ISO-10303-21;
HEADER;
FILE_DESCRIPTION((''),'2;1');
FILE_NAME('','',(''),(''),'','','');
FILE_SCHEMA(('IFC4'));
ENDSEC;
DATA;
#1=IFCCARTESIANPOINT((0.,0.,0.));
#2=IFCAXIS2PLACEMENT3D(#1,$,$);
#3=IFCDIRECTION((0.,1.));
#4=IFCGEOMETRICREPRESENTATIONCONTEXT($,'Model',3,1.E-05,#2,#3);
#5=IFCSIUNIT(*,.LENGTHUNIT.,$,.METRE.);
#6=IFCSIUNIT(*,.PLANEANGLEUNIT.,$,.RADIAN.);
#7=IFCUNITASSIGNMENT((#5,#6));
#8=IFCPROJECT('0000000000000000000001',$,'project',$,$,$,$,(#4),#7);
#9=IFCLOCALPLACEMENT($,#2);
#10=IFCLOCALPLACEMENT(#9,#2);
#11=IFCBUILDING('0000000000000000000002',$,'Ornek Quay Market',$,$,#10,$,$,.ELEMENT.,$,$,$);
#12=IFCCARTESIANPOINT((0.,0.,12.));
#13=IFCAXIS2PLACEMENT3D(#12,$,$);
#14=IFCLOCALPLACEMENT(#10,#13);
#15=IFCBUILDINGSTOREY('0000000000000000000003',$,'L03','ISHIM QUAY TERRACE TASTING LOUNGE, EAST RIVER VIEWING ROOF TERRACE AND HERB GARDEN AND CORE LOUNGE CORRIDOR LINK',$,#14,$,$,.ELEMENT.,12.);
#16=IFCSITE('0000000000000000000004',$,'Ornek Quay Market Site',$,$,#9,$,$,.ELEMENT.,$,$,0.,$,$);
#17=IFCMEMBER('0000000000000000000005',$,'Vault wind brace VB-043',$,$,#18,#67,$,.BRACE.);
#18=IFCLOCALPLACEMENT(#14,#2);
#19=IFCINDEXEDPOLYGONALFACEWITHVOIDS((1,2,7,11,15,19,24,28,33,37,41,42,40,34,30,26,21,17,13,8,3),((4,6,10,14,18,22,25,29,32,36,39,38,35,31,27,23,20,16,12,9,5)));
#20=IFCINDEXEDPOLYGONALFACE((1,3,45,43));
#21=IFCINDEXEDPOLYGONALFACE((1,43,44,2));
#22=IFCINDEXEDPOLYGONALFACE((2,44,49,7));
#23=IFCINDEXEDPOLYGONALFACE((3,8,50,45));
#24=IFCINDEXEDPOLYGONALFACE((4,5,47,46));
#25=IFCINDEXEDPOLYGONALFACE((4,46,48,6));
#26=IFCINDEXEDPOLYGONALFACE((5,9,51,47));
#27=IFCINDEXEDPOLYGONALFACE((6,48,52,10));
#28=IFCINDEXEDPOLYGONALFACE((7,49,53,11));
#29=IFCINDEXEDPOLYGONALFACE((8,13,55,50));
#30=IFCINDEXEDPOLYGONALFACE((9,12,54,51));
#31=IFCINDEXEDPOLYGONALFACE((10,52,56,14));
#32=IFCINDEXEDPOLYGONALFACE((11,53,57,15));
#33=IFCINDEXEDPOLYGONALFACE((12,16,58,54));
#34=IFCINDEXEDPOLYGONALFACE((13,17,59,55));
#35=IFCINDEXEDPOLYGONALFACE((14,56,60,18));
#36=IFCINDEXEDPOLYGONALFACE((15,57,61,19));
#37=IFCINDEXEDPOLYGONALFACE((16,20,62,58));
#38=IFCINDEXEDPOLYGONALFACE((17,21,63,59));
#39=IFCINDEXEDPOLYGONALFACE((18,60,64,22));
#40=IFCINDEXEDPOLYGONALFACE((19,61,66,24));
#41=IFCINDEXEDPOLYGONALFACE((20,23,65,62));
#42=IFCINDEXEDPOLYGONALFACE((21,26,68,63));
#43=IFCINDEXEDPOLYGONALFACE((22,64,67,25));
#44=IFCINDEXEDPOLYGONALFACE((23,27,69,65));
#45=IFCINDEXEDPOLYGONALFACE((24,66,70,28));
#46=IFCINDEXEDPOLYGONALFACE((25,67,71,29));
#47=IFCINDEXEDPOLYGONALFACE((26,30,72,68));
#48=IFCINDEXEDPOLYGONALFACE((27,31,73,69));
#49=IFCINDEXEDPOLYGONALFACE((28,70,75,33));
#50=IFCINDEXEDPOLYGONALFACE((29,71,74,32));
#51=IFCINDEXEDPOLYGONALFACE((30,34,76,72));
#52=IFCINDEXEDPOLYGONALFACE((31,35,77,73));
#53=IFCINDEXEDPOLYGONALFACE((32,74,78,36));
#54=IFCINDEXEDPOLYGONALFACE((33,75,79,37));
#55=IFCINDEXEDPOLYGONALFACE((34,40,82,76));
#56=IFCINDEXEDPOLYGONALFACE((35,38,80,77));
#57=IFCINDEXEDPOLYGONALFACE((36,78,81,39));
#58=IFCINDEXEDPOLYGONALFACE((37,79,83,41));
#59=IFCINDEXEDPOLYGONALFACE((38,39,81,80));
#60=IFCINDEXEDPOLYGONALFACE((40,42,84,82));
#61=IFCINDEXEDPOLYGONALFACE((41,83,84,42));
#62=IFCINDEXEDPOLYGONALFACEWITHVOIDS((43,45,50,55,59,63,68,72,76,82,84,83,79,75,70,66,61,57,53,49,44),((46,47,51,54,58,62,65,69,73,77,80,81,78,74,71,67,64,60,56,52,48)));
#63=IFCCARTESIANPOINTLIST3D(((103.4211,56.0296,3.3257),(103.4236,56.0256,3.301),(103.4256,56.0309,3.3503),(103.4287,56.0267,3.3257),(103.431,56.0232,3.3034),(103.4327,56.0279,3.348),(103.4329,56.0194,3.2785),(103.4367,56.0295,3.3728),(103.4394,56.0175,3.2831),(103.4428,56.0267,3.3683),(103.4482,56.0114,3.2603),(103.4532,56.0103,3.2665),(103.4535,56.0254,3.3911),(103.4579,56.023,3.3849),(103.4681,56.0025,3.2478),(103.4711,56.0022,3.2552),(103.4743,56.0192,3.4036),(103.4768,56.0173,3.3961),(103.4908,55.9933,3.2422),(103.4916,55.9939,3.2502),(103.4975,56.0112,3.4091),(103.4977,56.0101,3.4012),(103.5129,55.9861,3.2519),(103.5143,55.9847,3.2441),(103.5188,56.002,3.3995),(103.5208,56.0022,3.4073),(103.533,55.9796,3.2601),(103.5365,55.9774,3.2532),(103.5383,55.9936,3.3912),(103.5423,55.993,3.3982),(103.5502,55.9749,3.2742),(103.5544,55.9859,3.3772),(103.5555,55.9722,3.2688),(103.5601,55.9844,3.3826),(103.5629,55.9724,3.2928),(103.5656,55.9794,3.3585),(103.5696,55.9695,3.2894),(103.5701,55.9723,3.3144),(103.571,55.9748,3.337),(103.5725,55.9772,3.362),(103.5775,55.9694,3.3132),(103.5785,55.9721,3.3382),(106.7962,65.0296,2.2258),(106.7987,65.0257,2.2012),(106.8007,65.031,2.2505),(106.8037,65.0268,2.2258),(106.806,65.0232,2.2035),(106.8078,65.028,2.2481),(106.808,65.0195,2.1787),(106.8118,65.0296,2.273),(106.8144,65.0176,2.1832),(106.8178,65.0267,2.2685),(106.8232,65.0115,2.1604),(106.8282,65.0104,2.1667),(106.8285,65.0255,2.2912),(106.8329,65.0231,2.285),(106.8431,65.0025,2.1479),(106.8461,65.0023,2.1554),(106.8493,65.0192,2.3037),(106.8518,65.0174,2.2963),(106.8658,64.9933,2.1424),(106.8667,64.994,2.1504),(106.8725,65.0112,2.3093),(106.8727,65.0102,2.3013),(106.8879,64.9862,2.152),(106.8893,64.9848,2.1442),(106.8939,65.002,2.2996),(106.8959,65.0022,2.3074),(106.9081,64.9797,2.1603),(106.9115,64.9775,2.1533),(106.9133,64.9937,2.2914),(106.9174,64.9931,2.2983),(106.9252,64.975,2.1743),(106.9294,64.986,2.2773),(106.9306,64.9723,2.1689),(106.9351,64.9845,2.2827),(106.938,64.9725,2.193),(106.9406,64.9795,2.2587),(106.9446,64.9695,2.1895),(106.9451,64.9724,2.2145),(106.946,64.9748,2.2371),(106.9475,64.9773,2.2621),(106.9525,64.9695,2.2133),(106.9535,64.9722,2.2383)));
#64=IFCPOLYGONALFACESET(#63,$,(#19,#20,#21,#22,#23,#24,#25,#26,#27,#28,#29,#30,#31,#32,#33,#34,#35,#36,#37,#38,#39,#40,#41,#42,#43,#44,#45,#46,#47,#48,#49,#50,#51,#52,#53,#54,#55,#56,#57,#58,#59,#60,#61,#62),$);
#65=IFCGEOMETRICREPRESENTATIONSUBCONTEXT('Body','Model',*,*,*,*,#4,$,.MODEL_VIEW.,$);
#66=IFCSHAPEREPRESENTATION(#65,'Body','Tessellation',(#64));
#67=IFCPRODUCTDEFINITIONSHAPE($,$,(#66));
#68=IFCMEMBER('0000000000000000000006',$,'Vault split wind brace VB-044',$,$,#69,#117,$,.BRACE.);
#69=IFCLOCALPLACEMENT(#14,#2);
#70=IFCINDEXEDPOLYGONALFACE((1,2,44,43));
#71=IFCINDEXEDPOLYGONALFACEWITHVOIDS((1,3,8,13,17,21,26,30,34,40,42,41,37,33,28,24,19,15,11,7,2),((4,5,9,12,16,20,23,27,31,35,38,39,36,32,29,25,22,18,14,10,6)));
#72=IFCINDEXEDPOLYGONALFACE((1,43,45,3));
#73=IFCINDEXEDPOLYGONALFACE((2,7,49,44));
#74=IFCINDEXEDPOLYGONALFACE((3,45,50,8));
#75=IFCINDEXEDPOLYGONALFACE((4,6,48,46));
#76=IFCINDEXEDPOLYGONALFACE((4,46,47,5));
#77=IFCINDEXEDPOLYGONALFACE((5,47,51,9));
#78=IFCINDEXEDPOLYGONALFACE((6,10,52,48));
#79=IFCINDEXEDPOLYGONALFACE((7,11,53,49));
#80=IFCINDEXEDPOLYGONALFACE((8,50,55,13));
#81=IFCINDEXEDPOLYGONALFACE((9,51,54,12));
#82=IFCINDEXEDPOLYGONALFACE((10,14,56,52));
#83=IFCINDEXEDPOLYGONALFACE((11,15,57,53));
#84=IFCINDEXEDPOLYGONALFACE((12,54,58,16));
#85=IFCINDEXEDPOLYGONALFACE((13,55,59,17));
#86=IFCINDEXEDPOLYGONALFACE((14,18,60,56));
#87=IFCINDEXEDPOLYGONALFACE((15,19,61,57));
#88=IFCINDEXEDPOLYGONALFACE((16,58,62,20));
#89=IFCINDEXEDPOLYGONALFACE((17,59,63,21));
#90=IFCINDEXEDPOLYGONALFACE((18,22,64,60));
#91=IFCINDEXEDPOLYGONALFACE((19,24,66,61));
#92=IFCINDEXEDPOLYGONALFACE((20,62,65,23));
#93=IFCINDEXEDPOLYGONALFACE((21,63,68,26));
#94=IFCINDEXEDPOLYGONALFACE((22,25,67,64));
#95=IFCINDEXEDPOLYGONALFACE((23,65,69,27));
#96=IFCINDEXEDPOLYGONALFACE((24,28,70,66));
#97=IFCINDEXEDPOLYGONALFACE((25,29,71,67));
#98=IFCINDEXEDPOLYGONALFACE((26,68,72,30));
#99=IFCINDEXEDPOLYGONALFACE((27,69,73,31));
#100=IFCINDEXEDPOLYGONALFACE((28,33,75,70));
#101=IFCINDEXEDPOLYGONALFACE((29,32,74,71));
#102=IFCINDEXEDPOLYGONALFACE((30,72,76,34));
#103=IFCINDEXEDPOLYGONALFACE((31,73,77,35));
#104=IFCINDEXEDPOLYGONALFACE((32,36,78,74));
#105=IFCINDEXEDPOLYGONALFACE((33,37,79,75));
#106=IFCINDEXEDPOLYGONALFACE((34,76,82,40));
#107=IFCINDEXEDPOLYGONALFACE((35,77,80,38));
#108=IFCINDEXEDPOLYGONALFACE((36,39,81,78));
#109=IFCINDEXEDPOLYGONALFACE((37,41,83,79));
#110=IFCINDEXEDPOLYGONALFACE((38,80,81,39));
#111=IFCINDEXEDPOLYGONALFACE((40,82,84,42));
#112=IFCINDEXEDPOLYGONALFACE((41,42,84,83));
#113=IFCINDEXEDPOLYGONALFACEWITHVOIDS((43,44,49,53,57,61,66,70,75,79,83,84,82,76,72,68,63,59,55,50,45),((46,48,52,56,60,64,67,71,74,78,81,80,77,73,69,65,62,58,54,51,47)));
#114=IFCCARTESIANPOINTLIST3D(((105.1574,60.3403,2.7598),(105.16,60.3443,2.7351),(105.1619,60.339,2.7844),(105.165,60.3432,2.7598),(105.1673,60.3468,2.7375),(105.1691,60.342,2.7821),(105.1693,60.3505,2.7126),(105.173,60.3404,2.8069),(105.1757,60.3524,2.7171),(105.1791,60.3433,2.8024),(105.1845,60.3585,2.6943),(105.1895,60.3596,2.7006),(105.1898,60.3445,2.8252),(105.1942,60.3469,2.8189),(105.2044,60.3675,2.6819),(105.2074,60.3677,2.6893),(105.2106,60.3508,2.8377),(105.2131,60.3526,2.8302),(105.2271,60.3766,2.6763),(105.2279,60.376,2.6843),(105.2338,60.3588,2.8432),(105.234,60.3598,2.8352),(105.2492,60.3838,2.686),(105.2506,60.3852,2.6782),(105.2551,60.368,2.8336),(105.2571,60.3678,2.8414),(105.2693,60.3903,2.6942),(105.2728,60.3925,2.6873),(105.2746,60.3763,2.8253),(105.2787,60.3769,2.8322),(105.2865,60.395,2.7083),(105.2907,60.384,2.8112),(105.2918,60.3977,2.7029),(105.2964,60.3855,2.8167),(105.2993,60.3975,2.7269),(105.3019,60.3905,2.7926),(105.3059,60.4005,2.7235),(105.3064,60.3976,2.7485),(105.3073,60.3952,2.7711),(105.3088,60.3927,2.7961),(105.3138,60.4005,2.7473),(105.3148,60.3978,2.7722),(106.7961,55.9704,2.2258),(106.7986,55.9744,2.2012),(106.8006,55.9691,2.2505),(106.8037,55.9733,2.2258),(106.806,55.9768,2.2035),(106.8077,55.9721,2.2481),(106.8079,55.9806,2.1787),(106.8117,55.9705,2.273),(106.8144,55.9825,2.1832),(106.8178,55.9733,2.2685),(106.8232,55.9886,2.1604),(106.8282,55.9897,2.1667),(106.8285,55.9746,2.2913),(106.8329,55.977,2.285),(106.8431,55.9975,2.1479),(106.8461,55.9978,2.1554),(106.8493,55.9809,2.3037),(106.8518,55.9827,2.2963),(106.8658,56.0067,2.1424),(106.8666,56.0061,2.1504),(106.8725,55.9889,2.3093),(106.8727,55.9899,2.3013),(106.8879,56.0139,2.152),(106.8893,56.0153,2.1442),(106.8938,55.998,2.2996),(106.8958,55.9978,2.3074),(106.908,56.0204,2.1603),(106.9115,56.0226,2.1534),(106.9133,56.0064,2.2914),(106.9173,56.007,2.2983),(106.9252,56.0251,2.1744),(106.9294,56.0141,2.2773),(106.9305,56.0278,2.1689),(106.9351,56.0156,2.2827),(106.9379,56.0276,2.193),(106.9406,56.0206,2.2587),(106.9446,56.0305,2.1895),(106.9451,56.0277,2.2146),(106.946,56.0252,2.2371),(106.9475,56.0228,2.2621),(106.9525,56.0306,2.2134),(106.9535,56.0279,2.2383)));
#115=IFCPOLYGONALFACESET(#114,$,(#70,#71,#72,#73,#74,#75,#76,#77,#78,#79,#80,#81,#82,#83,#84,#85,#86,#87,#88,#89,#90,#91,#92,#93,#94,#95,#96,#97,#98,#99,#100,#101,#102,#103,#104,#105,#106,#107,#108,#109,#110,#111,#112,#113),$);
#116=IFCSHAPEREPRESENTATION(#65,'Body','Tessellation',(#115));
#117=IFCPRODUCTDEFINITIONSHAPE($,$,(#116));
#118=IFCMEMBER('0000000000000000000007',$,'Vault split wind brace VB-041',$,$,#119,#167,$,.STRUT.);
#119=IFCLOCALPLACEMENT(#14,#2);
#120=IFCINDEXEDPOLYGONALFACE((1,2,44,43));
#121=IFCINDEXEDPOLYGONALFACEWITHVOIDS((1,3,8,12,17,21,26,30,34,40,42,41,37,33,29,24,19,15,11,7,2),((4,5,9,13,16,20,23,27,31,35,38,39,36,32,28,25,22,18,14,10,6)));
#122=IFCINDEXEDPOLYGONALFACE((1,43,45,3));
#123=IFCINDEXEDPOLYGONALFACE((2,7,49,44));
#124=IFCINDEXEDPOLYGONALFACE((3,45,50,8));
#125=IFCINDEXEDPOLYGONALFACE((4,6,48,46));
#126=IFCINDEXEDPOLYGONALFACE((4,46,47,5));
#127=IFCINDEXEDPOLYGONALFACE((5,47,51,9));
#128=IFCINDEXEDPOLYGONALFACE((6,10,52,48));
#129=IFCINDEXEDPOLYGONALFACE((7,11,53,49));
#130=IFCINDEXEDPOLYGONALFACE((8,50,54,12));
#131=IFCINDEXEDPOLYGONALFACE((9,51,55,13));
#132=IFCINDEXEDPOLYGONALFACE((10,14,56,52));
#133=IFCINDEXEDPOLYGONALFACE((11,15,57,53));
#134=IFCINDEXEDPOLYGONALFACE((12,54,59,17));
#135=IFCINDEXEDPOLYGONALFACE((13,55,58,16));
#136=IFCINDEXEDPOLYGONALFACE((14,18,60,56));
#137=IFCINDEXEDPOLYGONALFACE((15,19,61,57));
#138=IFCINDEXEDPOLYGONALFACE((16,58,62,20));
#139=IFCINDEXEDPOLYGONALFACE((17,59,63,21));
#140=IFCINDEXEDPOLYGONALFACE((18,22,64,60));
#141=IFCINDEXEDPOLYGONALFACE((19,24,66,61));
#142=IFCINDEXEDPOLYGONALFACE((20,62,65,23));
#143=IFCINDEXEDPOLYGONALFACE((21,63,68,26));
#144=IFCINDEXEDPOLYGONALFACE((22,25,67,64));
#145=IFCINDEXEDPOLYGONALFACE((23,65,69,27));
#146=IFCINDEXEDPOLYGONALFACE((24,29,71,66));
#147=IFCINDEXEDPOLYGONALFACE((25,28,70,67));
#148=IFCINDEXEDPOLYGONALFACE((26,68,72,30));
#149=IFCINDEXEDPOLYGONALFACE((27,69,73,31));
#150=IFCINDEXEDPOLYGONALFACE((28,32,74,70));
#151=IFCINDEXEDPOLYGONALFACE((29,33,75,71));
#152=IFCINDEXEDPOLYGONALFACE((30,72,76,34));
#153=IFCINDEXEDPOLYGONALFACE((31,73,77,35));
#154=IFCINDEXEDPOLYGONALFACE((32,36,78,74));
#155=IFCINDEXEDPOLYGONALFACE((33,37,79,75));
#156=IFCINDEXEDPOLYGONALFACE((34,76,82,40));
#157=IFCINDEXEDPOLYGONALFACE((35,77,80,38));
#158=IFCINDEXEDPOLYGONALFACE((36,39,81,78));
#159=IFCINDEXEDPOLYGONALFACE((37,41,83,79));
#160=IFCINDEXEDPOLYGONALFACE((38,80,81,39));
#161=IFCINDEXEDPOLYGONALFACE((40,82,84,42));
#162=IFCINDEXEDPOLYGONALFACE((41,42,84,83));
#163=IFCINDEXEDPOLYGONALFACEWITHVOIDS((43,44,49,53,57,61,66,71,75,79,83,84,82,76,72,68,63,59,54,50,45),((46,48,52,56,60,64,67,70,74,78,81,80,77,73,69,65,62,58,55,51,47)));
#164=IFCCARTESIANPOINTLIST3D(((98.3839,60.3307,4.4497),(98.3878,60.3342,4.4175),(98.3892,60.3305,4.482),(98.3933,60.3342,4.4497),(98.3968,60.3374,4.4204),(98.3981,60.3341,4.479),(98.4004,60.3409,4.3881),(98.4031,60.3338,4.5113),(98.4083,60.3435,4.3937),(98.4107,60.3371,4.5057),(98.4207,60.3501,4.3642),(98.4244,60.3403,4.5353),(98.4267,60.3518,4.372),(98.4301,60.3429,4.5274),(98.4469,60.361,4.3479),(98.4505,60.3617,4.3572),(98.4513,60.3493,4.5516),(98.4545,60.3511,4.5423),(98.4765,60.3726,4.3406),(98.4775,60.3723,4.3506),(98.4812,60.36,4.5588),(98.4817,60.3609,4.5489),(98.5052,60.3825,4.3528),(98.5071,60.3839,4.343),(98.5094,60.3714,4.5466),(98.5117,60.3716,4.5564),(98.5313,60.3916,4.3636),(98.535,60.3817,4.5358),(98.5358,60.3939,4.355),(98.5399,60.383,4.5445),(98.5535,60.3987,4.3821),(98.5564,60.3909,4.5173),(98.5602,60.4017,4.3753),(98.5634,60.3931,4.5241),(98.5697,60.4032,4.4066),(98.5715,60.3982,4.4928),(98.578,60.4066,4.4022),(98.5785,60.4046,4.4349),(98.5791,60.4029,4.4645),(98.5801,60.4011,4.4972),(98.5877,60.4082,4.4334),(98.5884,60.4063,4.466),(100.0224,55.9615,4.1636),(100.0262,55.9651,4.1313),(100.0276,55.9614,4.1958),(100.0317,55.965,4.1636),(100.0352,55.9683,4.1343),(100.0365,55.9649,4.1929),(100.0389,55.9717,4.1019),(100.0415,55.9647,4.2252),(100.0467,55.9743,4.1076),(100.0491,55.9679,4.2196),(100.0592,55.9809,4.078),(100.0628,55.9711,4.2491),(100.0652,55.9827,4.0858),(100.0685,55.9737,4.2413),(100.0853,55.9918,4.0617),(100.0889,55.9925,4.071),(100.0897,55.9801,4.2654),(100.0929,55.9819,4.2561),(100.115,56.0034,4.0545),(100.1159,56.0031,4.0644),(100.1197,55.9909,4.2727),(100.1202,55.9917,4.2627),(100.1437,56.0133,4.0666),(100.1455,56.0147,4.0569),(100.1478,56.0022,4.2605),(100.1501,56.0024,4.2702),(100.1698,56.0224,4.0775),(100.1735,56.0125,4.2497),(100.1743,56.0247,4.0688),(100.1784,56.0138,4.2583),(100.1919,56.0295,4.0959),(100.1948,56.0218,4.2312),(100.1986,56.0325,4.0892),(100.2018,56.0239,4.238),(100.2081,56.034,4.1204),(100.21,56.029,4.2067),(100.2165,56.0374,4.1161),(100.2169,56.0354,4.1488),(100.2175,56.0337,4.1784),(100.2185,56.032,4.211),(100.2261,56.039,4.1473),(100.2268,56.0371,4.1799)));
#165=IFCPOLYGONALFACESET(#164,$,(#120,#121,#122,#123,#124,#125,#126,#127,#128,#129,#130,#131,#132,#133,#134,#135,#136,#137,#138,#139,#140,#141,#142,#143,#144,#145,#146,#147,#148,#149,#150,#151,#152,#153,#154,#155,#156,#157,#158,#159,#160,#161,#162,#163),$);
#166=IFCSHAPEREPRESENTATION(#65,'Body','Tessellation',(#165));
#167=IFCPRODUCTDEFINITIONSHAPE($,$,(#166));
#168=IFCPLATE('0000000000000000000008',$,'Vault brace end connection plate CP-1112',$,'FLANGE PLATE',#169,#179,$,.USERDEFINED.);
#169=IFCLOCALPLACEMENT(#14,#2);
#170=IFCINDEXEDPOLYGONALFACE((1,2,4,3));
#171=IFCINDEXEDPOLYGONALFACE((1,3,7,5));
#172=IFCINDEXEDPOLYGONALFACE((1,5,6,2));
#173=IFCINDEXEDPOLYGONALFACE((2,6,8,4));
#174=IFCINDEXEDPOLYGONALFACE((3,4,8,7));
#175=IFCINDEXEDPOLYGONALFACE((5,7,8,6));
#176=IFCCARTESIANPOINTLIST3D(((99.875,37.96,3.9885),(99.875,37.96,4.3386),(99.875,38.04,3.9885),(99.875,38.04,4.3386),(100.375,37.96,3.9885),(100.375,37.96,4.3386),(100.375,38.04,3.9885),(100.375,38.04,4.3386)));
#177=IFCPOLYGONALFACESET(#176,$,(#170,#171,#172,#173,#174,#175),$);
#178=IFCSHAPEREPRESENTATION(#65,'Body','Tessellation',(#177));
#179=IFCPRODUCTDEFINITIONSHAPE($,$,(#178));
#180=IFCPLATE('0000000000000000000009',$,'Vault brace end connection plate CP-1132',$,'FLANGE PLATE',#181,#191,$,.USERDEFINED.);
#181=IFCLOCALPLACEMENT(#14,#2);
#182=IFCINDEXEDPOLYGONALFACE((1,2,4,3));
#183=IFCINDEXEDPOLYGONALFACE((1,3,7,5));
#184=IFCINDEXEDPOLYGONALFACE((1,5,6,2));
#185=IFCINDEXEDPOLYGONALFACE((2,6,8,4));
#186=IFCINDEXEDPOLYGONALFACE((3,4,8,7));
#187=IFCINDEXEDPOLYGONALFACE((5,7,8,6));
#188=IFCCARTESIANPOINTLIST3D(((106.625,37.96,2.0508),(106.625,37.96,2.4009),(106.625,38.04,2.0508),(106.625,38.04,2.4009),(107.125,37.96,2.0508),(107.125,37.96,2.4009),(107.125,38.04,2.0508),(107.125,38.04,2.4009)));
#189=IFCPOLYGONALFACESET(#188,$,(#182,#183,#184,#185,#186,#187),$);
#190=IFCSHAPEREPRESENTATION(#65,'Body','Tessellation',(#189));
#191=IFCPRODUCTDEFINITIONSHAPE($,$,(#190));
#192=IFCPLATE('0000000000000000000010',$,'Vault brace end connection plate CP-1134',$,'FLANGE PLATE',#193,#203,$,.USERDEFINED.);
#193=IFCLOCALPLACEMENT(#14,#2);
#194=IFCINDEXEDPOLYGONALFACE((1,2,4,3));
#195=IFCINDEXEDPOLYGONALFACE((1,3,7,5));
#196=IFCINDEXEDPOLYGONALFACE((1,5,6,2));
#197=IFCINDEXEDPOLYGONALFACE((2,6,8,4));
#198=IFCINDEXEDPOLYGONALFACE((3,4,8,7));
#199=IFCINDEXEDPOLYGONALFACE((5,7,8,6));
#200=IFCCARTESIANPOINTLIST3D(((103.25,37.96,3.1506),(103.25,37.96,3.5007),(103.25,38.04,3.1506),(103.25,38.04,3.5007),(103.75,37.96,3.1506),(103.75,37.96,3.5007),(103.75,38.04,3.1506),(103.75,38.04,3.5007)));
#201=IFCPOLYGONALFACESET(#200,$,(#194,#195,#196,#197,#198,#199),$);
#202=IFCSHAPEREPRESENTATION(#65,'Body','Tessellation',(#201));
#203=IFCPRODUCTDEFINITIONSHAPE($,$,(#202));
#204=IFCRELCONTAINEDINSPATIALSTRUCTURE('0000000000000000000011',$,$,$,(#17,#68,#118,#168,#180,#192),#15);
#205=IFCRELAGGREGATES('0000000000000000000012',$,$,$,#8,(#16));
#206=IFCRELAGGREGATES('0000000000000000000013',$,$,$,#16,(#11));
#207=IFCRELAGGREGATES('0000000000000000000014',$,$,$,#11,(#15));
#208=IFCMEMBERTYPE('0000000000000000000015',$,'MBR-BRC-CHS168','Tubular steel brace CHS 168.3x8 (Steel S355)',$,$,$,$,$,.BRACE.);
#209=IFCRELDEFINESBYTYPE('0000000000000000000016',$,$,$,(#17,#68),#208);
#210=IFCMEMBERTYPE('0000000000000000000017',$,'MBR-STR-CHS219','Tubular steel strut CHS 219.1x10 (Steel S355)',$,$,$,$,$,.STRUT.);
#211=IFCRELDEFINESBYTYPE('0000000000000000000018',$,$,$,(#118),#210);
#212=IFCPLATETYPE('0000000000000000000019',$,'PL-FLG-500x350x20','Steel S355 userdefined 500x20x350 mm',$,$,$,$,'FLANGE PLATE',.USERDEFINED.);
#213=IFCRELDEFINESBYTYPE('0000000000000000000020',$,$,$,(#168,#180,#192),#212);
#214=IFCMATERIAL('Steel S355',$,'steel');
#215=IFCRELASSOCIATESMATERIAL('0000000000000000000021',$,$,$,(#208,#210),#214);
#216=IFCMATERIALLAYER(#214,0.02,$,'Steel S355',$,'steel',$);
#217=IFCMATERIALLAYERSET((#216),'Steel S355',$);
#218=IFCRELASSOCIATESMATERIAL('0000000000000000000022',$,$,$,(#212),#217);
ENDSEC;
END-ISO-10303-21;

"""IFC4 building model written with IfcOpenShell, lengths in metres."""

from ifc_helpers import new_model, si_unit, direction, frame, origin, origin_2d, place, context, subcontext, project, spatial, rectangle, hollow_circle, extrude, material, layer, layer_set, material_profile, profile_set, type_object, element, save


model = new_model("IFC4")

# Units and contexts
model_context = context("Model", 3, precision=1e-05, world=origin(), true_north=direction((0.0, 1.0)))
body_context = subcontext(model_context, "Body", "Model", "MODEL_VIEW")
ifc_project = project(units=[si_unit("LENGTHUNIT", "METRE"), si_unit("PLANEANGLEUNIT", "RADIAN")], contexts=[model_context])

# Site, building, storey
site_placement = place(None, origin())
site = spatial("IfcSite", under=ifc_project, at=site_placement, Name="Ornek Quay Market Site", CompositionType="ELEMENT", RefElevation=0.0)
building_placement = place(site_placement, origin())
building = spatial("IfcBuilding", under=site, at=building_placement, Name="Ornek Quay Market", CompositionType="ELEMENT")
storey_placement = place(building_placement, frame((0.0, 0.0, 12.0)))
storey = spatial("IfcBuildingStorey", under=building, at=storey_placement, Name="L03", Description="ISHIM QUAY TERRACE TASTING LOUNGE, EAST RIVER VIEWING ROOF TERRACE AND HERB GARDEN AND CORE LOUNGE CORRIDOR LINK", CompositionType="ELEMENT", Elevation=12.0)

# Shared definitions
ifc_material_1 = material(Name="Steel S355", Category="steel")

# Members
ifc_material_profile_1 = material_profile(ifc_material_1, hollow_circle(Radius=0.0842, WallThickness=0.0081, at=origin_2d()), Name="CHS 168.3x8", Category="steel")
ifc_profile_set_1 = profile_set([ifc_material_profile_1], Name="Steel S355")
member_type_1 = type_object("IfcMemberType", Name="MBR-BRC-CHS168", Description="Tubular steel brace CHS 168.3x8 (Steel S355)", PredefinedType="BRACE", material=ifc_profile_set_1)
member_1_placement = place(storey_placement, frame((103.5, 56.0, 3.3257), z_axis=(0.348847, 0.930259, -0.113683), x_axis=(-0.936329, 0.351123, 0.0)))
element("IfcMember", 1, at=member_1_placement, inside=storey, type_object=member_type_1, Name="Vault wind brace VB-043", PredefinedType="BRACE", context=body_context, shape_type="SweptSolid", body=[
    extrude(hollow_circle(Radius=0.0842, WallThickness=0.0081, at=origin_2d()), origin(), (0.0, 0.0, 1.0), 9.6748),
])
member_2_placement = place(storey_placement, frame((106.875, 56.0, 2.2258), z_axis=(-0.348842, 0.930263, 0.113665), x_axis=(-0.936331, -0.351118, 0.0)))
element("IfcMember", 2, at=member_2_placement, inside=storey, type_object=member_type_1, Name="Vault split wind brace VB-044", PredefinedType="BRACE", context=body_context, shape_type="SweptSolid", body=[
    extrude(hollow_circle(Radius=0.0842, WallThickness=0.0081, at=origin_2d()), origin(), (0.0, 0.0, 1.0), 4.6975),
])
ifc_material_profile_2 = material_profile(ifc_material_1, hollow_circle(Radius=0.1096, WallThickness=0.01, at=origin_2d()), Name="CHS 219.1x10", Category="steel")
ifc_profile_set_2 = profile_set([ifc_material_profile_2], Name="Steel S355")
member_type_2 = type_object("IfcMemberType", Name="MBR-STR-CHS219", Description="Tubular steel strut CHS 219.1x10 (Steel S355)", PredefinedType="STRUT", material=ifc_profile_set_2)
member_3_placement = place(storey_placement, frame((100.125, 56.0, 4.1636), z_axis=(-0.350465, 0.934574, 0.061205), x_axis=(-0.936329, -0.351123, 0.0)))
element("IfcMember", 3, at=member_3_placement, inside=storey, type_object=member_type_2, Name="Vault split wind brace VB-041", PredefinedType="STRUT", context=body_context, shape_type="SweptSolid", body=[
    extrude(hollow_circle(Radius=0.1096, WallThickness=0.01, at=origin_2d()), origin(), (0.0, 0.0, 1.0), 4.675),
])

# Plates
ifc_layer_1 = layer(ifc_material_1, 0.02, Name="Steel S355", Category="steel")
ifc_layer_set_1 = layer_set([ifc_layer_1], Name="Steel S355")
plate_type = type_object("IfcPlateType", Name="PL-FLG-500x350x20", Description="Steel S355 userdefined 500x20x350 mm", ElementType="FLANGE PLATE", PredefinedType="USERDEFINED", material=ifc_layer_set_1)
for number, where, z_axis, x_axis, name in (
    (4, (100.125, 38.0, 3.9885), (0.0, 0.0, 1.0), (1.0, 0.0, 0.0), "Vault brace end connection plate CP-1112"),
    (5, (106.875, 38.0, 2.0508), (0.0, 0.0, 1.0), (1.0, 0.0, 0.0), "Vault brace end connection plate CP-1132"),
    (6, (103.5, 38.0, 3.1506), (0.0, 0.0, 1.0), (1.0, 0.0, 0.0), "Vault brace end connection plate CP-1134"),
):
    element("IfcPlate", number, at=place(storey_placement, frame(where, z_axis=z_axis, x_axis=x_axis)), inside=storey, type_object=plate_type, Name=name, ObjectType="FLANGE PLATE", PredefinedType="USERDEFINED", context=body_context, shape_type="SweptSolid", body=[
        extrude(rectangle(XDim=0.5, YDim=0.0801, at=origin_2d()), origin(), (0.0, 0.0, 1.0), 0.3501),
    ])

save(model, "model.ifc")
